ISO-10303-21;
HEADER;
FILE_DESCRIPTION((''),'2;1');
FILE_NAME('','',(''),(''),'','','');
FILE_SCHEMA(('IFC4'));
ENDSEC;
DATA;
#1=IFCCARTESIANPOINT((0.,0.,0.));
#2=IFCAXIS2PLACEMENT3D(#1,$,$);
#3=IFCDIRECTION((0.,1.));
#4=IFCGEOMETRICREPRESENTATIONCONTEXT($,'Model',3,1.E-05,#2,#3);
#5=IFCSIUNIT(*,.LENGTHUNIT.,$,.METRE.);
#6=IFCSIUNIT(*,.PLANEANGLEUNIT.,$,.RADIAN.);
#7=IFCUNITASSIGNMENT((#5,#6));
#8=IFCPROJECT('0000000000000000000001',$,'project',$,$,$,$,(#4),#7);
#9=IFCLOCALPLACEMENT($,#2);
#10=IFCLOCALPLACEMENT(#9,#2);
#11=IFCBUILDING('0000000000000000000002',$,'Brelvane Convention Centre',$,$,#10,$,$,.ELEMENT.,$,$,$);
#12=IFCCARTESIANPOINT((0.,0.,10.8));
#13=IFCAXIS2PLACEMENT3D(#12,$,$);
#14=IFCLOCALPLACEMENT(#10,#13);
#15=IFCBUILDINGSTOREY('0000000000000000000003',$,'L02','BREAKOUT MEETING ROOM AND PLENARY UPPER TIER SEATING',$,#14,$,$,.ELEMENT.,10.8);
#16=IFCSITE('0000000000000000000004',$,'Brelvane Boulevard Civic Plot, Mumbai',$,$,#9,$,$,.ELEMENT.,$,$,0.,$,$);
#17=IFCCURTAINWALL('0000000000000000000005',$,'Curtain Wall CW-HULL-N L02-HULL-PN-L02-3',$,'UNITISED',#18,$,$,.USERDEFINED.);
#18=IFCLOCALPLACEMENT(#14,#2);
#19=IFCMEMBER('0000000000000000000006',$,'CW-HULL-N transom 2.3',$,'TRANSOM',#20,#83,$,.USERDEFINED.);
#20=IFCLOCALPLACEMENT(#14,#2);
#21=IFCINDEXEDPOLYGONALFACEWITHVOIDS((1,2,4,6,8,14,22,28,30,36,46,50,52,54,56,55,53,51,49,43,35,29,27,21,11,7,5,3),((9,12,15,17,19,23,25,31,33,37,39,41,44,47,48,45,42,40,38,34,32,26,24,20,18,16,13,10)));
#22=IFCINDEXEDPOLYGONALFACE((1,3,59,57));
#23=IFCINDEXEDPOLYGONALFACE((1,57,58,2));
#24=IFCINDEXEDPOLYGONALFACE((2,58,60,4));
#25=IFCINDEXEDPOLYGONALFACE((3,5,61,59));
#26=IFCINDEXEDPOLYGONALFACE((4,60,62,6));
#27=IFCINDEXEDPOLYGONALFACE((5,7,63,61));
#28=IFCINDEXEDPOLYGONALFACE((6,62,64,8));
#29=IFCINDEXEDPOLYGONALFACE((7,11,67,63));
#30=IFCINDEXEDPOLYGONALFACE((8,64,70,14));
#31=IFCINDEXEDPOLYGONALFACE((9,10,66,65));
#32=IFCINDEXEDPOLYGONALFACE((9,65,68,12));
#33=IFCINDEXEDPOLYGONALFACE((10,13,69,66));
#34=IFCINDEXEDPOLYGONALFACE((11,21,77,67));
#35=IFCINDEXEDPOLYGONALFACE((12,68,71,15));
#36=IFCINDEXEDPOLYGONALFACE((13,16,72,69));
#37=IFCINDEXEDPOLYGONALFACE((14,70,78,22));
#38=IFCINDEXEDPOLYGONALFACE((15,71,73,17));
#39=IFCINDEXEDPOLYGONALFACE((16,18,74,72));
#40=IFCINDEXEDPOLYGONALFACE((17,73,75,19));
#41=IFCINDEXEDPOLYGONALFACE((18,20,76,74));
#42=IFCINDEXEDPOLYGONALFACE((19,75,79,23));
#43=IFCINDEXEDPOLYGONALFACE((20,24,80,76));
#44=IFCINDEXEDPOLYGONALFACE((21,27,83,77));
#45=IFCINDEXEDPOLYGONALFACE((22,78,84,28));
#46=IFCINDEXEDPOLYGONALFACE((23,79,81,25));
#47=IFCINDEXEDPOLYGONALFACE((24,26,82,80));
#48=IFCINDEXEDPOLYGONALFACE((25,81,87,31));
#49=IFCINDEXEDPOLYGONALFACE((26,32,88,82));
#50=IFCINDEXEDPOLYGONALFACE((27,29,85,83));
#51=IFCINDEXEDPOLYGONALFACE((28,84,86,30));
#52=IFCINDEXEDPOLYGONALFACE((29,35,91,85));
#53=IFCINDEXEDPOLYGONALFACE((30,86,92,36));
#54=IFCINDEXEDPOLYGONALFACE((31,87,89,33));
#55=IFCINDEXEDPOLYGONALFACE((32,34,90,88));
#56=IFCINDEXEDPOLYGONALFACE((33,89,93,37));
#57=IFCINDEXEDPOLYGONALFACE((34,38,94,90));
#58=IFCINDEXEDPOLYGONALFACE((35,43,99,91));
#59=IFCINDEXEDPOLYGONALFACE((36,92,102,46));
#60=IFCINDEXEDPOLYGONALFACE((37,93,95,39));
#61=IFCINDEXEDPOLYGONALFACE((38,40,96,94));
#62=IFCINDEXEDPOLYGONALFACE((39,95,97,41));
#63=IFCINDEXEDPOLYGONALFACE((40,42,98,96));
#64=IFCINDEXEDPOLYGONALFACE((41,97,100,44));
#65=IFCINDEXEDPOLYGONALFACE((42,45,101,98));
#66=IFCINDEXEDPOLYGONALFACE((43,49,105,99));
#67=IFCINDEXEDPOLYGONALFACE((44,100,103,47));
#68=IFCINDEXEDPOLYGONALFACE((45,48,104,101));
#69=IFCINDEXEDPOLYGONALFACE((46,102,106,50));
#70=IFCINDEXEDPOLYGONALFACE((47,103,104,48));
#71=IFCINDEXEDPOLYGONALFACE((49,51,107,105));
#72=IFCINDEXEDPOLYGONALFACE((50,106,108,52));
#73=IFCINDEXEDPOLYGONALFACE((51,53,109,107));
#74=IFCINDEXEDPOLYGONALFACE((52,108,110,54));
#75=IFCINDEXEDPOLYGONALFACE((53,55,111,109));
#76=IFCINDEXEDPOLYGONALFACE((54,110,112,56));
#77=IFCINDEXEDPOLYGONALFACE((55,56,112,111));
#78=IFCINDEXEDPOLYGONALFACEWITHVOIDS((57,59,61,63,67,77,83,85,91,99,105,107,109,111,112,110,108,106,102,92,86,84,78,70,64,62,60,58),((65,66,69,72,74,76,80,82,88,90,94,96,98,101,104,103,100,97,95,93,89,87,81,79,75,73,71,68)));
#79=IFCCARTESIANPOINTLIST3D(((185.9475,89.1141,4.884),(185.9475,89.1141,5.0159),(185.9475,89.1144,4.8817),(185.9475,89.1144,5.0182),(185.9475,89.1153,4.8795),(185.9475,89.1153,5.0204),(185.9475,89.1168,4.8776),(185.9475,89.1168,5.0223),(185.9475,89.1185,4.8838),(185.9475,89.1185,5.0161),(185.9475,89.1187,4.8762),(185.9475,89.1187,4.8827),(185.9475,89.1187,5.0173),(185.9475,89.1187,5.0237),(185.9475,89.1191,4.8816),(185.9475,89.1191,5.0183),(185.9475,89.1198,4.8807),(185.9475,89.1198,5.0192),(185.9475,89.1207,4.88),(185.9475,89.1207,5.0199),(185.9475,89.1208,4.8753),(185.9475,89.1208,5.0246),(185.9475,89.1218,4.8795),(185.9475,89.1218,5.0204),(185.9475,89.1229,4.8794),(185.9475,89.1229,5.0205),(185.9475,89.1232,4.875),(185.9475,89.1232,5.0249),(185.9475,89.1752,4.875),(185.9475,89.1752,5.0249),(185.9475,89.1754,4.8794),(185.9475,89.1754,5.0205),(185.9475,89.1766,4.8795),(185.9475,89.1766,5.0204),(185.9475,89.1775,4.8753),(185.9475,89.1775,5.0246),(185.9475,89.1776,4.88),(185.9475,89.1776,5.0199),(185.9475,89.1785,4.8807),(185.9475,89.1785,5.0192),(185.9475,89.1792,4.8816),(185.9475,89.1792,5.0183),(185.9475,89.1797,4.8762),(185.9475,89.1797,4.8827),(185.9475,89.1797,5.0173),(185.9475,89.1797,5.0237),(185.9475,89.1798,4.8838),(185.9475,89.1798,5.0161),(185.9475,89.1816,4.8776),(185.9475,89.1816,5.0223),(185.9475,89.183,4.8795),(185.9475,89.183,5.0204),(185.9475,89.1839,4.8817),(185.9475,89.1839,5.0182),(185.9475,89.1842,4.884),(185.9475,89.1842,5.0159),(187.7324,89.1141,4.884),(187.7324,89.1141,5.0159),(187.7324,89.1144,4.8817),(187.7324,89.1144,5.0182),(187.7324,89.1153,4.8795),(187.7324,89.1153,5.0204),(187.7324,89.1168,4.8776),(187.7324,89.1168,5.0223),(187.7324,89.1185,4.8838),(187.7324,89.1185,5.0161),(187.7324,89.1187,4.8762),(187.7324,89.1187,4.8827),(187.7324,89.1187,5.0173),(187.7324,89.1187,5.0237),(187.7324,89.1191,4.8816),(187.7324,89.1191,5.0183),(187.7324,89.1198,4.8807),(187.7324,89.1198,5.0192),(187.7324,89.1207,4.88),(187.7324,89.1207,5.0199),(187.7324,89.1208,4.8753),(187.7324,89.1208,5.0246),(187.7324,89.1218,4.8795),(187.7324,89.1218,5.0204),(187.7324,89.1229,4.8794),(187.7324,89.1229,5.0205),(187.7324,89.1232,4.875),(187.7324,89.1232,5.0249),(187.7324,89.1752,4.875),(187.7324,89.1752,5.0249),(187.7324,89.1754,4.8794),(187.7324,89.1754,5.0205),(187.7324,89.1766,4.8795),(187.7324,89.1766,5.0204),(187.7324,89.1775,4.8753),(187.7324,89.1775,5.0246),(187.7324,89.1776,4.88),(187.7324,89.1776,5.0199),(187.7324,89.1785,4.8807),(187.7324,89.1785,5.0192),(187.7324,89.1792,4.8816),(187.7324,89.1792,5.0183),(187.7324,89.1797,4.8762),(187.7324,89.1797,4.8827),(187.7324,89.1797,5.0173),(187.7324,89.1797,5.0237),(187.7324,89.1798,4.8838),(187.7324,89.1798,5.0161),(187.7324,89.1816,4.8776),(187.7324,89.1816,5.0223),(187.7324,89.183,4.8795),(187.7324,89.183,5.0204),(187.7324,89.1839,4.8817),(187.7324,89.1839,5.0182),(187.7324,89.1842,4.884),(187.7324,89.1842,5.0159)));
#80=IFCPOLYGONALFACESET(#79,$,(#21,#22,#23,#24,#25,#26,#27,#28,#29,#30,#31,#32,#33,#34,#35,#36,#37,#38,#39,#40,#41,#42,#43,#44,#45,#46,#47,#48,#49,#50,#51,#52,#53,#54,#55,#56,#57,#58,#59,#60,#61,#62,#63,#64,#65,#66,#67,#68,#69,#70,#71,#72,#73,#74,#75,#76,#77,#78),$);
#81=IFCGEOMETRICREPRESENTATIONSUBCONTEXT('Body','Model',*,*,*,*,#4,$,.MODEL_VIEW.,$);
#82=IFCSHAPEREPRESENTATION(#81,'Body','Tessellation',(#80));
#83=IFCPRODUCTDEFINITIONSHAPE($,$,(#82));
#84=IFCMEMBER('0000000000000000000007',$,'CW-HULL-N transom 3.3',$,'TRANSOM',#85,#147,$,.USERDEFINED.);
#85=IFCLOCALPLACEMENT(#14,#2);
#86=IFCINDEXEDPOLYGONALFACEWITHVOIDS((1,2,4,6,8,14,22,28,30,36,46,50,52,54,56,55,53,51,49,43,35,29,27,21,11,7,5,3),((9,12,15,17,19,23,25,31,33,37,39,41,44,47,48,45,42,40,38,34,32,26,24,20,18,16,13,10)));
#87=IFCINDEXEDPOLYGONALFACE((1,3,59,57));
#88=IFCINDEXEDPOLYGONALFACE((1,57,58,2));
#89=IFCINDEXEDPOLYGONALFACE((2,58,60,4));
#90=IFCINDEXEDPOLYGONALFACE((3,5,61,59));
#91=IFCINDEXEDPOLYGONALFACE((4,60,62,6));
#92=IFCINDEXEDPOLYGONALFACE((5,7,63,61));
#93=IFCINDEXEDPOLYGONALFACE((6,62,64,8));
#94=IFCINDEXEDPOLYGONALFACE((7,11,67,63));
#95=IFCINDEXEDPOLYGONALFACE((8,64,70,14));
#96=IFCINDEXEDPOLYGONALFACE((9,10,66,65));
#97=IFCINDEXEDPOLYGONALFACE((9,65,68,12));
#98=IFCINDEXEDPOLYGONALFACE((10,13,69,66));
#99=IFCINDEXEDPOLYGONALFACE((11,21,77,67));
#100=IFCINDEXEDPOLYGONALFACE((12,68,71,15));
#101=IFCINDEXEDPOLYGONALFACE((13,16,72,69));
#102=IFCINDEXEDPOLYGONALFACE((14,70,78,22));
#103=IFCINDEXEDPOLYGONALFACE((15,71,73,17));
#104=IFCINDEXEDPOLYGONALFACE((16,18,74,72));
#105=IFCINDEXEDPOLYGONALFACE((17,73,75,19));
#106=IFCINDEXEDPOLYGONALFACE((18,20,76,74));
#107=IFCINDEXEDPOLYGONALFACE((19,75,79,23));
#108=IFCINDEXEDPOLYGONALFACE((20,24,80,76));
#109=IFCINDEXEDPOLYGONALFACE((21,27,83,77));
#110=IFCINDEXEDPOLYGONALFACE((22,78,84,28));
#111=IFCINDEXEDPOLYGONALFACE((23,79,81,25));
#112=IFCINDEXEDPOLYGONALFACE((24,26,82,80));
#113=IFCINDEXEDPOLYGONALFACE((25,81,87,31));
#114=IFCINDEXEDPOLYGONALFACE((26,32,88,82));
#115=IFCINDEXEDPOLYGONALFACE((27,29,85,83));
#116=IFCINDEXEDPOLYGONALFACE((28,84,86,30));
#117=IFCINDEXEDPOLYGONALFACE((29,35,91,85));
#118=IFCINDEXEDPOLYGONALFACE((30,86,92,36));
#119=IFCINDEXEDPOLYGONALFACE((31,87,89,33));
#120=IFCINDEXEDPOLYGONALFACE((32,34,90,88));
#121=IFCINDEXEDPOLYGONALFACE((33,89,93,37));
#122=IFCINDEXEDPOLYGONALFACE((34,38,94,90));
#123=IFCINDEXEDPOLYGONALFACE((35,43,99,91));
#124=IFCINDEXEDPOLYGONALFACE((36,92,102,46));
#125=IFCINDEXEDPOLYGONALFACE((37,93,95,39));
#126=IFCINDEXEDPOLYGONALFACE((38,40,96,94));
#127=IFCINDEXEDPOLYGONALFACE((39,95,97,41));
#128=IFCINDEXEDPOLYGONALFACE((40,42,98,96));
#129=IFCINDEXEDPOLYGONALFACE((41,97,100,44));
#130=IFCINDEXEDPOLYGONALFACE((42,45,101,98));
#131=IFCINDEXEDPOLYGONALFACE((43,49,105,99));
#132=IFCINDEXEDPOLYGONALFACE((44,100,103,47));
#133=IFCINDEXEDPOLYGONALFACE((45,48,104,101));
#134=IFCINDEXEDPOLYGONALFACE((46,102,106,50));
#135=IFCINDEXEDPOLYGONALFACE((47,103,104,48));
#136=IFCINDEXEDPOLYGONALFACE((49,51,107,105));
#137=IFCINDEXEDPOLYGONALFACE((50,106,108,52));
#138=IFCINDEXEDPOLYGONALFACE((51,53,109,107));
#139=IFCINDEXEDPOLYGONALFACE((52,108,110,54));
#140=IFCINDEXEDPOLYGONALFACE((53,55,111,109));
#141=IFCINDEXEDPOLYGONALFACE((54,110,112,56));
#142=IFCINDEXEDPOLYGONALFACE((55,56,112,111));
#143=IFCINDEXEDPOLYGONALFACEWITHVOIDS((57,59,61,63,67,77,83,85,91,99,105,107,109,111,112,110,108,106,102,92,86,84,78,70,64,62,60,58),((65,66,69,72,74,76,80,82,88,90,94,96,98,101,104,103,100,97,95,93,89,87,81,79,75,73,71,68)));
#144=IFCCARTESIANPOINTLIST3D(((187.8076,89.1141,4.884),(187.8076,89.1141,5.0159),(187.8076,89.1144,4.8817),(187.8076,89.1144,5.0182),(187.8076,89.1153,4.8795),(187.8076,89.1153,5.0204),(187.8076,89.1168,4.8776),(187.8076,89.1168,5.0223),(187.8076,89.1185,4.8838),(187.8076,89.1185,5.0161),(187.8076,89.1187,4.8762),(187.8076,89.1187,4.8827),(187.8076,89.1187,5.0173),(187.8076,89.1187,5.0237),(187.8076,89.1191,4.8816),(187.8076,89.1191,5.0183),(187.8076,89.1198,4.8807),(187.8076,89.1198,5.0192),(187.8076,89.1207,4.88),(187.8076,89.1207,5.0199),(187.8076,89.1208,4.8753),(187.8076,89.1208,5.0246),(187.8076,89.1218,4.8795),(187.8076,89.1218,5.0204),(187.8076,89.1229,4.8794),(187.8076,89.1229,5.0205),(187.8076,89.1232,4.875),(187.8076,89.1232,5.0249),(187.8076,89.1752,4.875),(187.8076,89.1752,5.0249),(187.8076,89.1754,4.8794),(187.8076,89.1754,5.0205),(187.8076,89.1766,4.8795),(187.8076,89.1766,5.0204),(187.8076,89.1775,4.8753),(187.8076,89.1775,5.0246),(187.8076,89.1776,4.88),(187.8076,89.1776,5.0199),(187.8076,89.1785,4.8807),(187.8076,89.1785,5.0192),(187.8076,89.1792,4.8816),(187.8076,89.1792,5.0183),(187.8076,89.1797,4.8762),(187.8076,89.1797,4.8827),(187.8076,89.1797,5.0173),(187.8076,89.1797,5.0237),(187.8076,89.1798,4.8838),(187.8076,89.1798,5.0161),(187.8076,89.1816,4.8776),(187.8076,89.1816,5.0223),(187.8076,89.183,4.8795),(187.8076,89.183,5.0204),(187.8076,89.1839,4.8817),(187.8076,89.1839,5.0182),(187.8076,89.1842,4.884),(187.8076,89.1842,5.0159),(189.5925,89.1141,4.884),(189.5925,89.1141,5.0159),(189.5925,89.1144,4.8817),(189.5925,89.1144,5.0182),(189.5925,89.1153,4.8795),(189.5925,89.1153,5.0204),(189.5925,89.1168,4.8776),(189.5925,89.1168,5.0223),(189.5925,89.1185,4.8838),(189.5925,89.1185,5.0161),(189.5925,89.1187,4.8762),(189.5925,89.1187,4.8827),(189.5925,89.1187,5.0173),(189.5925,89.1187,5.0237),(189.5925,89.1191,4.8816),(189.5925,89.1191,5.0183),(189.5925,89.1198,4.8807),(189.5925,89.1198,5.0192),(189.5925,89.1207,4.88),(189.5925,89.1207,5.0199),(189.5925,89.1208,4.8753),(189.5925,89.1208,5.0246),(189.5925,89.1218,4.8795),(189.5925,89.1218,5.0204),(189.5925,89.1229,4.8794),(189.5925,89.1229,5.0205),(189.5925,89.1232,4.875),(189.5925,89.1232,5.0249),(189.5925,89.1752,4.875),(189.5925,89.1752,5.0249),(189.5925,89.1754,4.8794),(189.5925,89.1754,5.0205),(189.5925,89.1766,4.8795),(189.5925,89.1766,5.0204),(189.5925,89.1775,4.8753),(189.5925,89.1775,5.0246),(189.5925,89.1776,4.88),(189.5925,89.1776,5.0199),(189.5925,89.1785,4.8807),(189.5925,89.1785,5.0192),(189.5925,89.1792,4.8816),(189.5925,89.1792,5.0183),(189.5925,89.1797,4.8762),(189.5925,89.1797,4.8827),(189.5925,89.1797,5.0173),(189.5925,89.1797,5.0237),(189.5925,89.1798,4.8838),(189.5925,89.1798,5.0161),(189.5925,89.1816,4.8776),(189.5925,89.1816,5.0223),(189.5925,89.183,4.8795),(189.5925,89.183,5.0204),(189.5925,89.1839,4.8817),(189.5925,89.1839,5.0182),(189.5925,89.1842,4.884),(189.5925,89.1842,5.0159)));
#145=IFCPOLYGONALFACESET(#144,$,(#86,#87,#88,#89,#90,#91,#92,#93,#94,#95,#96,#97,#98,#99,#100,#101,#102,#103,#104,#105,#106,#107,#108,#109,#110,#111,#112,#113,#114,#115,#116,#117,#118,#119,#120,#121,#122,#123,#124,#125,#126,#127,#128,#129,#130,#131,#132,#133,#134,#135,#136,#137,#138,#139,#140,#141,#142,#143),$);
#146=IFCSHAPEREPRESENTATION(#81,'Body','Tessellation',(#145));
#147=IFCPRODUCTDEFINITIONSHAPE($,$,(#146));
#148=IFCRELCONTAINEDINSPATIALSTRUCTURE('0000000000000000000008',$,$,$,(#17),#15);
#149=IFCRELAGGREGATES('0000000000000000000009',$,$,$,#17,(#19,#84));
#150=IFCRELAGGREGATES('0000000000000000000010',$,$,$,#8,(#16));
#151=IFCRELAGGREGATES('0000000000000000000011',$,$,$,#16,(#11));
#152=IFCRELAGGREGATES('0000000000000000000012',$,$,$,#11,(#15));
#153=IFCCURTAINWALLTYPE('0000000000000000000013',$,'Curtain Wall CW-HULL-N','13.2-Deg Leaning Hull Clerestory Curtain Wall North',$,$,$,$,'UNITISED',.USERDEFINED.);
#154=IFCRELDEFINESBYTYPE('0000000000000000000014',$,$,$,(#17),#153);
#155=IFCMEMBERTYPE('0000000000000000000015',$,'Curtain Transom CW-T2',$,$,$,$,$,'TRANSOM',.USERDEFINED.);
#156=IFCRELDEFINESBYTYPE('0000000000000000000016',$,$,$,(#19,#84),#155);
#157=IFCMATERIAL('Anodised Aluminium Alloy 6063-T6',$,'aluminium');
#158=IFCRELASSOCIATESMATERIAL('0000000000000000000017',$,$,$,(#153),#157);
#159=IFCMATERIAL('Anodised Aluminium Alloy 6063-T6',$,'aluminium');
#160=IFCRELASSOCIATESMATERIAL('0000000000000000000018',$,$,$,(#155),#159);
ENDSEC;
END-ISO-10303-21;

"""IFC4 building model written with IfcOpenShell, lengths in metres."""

from ifc_helpers import new_model, si_unit, direction, frame, origin, origin_2d, place, context, subcontext, project, spatial, hollow_rectangle, extrude, material, material_profile, profile_set, type_object, element, aggregate, save


model = new_model("IFC4")

# Units and contexts
model_context = context("Model", 3, precision=1e-05, world=origin(), true_north=direction((0.0, 1.0)))
body_context = subcontext(model_context, "Body", "Model", "MODEL_VIEW")
ifc_project = project(units=[si_unit("LENGTHUNIT", "METRE"), si_unit("PLANEANGLEUNIT", "RADIAN")], contexts=[model_context])

# Site, building, storey
site_placement = place(None, origin())
site = spatial("IfcSite", under=ifc_project, at=site_placement, Name="Brelvane Boulevard Civic Plot, Mumbai", CompositionType="ELEMENT", RefElevation=0.0)
building_placement = place(site_placement, origin())
building = spatial("IfcBuilding", under=site, at=building_placement, Name="Brelvane Convention Centre", CompositionType="ELEMENT")
storey_placement = place(building_placement, frame((0.0, 0.0, 10.8)))
storey = spatial("IfcBuildingStorey", under=building, at=storey_placement, Name="L02", Description="BREAKOUT MEETING ROOM AND PLENARY UPPER TIER SEATING", CompositionType="ELEMENT", Elevation=10.8)

# Curtain wall, members
ifc_material_1 = material(Name="Anodised Aluminium Alloy 6063-T6", Category="aluminium")
curtain_wall_type = type_object("IfcCurtainWallType", Name="Curtain Wall CW-HULL-N", Description="13.2-Deg Leaning Hull Clerestory Curtain Wall North", ElementType="UNITISED", PredefinedType="USERDEFINED", material=ifc_material_1)
curtain_wall_1_placement = place(storey_placement, origin())
curtain_wall_1 = element("IfcCurtainWall", 1, at=curtain_wall_1_placement, inside=storey, type_object=curtain_wall_type, Name="Curtain Wall CW-HULL-N L02-HULL-PN-L02-3", ObjectType="UNITISED", PredefinedType="USERDEFINED")
ifc_material_2 = material(Name="Anodised Aluminium Alloy 6063-T6", Category="aluminium")
ifc_material_profile = material_profile(ifc_material_2, hollow_rectangle(XDim=0.0701, YDim=0.1499, WallThickness=0.0044, InnerFilletRadius=0.0044, OuterFilletRadius=0.009, at=origin_2d()), Name="ALU-T 150x70x4.5")
ifc_profile_set = profile_set([ifc_material_profile], Name="Anodised Aluminium Alloy 6063-T6")
member_type = type_object("IfcMemberType", Name="Curtain Transom CW-T2", ElementType="TRANSOM", PredefinedType="USERDEFINED", material=ifc_profile_set)
member_1_placement = place(storey_placement, frame((185.9475, 89.1492, 4.95), z_axis=(1.0, 0.0, 0.0), x_axis=(0.0, 1.0, 0.0)))
member_1 = element("IfcMember", 2, at=member_1_placement, type_object=member_type, Name="CW-HULL-N transom 2.3", ObjectType="TRANSOM", PredefinedType="USERDEFINED", context=body_context, shape_type="SweptSolid", body=[
    extrude(hollow_rectangle(XDim=0.0701, YDim=0.1499, WallThickness=0.0044, InnerFilletRadius=0.0044, OuterFilletRadius=0.009, at=origin_2d()), origin(), (0.0, 0.0, 1.0), 1.7849),
])
member_2_placement = place(storey_placement, frame((187.8076, 89.1492, 4.95), z_axis=(1.0, 0.0, 0.0), x_axis=(0.0, 1.0, 0.0)))
member_2 = element("IfcMember", 3, at=member_2_placement, type_object=member_type, Name="CW-HULL-N transom 3.3", ObjectType="TRANSOM", PredefinedType="USERDEFINED", context=body_context, shape_type="SweptSolid", body=[
    extrude(hollow_rectangle(XDim=0.0701, YDim=0.1499, WallThickness=0.0044, InnerFilletRadius=0.0044, OuterFilletRadius=0.009, at=origin_2d()), origin(), (0.0, 0.0, 1.0), 1.7849),
])

aggregate(curtain_wall_1, [member_1, member_2])

save(model, "model.ifc")
